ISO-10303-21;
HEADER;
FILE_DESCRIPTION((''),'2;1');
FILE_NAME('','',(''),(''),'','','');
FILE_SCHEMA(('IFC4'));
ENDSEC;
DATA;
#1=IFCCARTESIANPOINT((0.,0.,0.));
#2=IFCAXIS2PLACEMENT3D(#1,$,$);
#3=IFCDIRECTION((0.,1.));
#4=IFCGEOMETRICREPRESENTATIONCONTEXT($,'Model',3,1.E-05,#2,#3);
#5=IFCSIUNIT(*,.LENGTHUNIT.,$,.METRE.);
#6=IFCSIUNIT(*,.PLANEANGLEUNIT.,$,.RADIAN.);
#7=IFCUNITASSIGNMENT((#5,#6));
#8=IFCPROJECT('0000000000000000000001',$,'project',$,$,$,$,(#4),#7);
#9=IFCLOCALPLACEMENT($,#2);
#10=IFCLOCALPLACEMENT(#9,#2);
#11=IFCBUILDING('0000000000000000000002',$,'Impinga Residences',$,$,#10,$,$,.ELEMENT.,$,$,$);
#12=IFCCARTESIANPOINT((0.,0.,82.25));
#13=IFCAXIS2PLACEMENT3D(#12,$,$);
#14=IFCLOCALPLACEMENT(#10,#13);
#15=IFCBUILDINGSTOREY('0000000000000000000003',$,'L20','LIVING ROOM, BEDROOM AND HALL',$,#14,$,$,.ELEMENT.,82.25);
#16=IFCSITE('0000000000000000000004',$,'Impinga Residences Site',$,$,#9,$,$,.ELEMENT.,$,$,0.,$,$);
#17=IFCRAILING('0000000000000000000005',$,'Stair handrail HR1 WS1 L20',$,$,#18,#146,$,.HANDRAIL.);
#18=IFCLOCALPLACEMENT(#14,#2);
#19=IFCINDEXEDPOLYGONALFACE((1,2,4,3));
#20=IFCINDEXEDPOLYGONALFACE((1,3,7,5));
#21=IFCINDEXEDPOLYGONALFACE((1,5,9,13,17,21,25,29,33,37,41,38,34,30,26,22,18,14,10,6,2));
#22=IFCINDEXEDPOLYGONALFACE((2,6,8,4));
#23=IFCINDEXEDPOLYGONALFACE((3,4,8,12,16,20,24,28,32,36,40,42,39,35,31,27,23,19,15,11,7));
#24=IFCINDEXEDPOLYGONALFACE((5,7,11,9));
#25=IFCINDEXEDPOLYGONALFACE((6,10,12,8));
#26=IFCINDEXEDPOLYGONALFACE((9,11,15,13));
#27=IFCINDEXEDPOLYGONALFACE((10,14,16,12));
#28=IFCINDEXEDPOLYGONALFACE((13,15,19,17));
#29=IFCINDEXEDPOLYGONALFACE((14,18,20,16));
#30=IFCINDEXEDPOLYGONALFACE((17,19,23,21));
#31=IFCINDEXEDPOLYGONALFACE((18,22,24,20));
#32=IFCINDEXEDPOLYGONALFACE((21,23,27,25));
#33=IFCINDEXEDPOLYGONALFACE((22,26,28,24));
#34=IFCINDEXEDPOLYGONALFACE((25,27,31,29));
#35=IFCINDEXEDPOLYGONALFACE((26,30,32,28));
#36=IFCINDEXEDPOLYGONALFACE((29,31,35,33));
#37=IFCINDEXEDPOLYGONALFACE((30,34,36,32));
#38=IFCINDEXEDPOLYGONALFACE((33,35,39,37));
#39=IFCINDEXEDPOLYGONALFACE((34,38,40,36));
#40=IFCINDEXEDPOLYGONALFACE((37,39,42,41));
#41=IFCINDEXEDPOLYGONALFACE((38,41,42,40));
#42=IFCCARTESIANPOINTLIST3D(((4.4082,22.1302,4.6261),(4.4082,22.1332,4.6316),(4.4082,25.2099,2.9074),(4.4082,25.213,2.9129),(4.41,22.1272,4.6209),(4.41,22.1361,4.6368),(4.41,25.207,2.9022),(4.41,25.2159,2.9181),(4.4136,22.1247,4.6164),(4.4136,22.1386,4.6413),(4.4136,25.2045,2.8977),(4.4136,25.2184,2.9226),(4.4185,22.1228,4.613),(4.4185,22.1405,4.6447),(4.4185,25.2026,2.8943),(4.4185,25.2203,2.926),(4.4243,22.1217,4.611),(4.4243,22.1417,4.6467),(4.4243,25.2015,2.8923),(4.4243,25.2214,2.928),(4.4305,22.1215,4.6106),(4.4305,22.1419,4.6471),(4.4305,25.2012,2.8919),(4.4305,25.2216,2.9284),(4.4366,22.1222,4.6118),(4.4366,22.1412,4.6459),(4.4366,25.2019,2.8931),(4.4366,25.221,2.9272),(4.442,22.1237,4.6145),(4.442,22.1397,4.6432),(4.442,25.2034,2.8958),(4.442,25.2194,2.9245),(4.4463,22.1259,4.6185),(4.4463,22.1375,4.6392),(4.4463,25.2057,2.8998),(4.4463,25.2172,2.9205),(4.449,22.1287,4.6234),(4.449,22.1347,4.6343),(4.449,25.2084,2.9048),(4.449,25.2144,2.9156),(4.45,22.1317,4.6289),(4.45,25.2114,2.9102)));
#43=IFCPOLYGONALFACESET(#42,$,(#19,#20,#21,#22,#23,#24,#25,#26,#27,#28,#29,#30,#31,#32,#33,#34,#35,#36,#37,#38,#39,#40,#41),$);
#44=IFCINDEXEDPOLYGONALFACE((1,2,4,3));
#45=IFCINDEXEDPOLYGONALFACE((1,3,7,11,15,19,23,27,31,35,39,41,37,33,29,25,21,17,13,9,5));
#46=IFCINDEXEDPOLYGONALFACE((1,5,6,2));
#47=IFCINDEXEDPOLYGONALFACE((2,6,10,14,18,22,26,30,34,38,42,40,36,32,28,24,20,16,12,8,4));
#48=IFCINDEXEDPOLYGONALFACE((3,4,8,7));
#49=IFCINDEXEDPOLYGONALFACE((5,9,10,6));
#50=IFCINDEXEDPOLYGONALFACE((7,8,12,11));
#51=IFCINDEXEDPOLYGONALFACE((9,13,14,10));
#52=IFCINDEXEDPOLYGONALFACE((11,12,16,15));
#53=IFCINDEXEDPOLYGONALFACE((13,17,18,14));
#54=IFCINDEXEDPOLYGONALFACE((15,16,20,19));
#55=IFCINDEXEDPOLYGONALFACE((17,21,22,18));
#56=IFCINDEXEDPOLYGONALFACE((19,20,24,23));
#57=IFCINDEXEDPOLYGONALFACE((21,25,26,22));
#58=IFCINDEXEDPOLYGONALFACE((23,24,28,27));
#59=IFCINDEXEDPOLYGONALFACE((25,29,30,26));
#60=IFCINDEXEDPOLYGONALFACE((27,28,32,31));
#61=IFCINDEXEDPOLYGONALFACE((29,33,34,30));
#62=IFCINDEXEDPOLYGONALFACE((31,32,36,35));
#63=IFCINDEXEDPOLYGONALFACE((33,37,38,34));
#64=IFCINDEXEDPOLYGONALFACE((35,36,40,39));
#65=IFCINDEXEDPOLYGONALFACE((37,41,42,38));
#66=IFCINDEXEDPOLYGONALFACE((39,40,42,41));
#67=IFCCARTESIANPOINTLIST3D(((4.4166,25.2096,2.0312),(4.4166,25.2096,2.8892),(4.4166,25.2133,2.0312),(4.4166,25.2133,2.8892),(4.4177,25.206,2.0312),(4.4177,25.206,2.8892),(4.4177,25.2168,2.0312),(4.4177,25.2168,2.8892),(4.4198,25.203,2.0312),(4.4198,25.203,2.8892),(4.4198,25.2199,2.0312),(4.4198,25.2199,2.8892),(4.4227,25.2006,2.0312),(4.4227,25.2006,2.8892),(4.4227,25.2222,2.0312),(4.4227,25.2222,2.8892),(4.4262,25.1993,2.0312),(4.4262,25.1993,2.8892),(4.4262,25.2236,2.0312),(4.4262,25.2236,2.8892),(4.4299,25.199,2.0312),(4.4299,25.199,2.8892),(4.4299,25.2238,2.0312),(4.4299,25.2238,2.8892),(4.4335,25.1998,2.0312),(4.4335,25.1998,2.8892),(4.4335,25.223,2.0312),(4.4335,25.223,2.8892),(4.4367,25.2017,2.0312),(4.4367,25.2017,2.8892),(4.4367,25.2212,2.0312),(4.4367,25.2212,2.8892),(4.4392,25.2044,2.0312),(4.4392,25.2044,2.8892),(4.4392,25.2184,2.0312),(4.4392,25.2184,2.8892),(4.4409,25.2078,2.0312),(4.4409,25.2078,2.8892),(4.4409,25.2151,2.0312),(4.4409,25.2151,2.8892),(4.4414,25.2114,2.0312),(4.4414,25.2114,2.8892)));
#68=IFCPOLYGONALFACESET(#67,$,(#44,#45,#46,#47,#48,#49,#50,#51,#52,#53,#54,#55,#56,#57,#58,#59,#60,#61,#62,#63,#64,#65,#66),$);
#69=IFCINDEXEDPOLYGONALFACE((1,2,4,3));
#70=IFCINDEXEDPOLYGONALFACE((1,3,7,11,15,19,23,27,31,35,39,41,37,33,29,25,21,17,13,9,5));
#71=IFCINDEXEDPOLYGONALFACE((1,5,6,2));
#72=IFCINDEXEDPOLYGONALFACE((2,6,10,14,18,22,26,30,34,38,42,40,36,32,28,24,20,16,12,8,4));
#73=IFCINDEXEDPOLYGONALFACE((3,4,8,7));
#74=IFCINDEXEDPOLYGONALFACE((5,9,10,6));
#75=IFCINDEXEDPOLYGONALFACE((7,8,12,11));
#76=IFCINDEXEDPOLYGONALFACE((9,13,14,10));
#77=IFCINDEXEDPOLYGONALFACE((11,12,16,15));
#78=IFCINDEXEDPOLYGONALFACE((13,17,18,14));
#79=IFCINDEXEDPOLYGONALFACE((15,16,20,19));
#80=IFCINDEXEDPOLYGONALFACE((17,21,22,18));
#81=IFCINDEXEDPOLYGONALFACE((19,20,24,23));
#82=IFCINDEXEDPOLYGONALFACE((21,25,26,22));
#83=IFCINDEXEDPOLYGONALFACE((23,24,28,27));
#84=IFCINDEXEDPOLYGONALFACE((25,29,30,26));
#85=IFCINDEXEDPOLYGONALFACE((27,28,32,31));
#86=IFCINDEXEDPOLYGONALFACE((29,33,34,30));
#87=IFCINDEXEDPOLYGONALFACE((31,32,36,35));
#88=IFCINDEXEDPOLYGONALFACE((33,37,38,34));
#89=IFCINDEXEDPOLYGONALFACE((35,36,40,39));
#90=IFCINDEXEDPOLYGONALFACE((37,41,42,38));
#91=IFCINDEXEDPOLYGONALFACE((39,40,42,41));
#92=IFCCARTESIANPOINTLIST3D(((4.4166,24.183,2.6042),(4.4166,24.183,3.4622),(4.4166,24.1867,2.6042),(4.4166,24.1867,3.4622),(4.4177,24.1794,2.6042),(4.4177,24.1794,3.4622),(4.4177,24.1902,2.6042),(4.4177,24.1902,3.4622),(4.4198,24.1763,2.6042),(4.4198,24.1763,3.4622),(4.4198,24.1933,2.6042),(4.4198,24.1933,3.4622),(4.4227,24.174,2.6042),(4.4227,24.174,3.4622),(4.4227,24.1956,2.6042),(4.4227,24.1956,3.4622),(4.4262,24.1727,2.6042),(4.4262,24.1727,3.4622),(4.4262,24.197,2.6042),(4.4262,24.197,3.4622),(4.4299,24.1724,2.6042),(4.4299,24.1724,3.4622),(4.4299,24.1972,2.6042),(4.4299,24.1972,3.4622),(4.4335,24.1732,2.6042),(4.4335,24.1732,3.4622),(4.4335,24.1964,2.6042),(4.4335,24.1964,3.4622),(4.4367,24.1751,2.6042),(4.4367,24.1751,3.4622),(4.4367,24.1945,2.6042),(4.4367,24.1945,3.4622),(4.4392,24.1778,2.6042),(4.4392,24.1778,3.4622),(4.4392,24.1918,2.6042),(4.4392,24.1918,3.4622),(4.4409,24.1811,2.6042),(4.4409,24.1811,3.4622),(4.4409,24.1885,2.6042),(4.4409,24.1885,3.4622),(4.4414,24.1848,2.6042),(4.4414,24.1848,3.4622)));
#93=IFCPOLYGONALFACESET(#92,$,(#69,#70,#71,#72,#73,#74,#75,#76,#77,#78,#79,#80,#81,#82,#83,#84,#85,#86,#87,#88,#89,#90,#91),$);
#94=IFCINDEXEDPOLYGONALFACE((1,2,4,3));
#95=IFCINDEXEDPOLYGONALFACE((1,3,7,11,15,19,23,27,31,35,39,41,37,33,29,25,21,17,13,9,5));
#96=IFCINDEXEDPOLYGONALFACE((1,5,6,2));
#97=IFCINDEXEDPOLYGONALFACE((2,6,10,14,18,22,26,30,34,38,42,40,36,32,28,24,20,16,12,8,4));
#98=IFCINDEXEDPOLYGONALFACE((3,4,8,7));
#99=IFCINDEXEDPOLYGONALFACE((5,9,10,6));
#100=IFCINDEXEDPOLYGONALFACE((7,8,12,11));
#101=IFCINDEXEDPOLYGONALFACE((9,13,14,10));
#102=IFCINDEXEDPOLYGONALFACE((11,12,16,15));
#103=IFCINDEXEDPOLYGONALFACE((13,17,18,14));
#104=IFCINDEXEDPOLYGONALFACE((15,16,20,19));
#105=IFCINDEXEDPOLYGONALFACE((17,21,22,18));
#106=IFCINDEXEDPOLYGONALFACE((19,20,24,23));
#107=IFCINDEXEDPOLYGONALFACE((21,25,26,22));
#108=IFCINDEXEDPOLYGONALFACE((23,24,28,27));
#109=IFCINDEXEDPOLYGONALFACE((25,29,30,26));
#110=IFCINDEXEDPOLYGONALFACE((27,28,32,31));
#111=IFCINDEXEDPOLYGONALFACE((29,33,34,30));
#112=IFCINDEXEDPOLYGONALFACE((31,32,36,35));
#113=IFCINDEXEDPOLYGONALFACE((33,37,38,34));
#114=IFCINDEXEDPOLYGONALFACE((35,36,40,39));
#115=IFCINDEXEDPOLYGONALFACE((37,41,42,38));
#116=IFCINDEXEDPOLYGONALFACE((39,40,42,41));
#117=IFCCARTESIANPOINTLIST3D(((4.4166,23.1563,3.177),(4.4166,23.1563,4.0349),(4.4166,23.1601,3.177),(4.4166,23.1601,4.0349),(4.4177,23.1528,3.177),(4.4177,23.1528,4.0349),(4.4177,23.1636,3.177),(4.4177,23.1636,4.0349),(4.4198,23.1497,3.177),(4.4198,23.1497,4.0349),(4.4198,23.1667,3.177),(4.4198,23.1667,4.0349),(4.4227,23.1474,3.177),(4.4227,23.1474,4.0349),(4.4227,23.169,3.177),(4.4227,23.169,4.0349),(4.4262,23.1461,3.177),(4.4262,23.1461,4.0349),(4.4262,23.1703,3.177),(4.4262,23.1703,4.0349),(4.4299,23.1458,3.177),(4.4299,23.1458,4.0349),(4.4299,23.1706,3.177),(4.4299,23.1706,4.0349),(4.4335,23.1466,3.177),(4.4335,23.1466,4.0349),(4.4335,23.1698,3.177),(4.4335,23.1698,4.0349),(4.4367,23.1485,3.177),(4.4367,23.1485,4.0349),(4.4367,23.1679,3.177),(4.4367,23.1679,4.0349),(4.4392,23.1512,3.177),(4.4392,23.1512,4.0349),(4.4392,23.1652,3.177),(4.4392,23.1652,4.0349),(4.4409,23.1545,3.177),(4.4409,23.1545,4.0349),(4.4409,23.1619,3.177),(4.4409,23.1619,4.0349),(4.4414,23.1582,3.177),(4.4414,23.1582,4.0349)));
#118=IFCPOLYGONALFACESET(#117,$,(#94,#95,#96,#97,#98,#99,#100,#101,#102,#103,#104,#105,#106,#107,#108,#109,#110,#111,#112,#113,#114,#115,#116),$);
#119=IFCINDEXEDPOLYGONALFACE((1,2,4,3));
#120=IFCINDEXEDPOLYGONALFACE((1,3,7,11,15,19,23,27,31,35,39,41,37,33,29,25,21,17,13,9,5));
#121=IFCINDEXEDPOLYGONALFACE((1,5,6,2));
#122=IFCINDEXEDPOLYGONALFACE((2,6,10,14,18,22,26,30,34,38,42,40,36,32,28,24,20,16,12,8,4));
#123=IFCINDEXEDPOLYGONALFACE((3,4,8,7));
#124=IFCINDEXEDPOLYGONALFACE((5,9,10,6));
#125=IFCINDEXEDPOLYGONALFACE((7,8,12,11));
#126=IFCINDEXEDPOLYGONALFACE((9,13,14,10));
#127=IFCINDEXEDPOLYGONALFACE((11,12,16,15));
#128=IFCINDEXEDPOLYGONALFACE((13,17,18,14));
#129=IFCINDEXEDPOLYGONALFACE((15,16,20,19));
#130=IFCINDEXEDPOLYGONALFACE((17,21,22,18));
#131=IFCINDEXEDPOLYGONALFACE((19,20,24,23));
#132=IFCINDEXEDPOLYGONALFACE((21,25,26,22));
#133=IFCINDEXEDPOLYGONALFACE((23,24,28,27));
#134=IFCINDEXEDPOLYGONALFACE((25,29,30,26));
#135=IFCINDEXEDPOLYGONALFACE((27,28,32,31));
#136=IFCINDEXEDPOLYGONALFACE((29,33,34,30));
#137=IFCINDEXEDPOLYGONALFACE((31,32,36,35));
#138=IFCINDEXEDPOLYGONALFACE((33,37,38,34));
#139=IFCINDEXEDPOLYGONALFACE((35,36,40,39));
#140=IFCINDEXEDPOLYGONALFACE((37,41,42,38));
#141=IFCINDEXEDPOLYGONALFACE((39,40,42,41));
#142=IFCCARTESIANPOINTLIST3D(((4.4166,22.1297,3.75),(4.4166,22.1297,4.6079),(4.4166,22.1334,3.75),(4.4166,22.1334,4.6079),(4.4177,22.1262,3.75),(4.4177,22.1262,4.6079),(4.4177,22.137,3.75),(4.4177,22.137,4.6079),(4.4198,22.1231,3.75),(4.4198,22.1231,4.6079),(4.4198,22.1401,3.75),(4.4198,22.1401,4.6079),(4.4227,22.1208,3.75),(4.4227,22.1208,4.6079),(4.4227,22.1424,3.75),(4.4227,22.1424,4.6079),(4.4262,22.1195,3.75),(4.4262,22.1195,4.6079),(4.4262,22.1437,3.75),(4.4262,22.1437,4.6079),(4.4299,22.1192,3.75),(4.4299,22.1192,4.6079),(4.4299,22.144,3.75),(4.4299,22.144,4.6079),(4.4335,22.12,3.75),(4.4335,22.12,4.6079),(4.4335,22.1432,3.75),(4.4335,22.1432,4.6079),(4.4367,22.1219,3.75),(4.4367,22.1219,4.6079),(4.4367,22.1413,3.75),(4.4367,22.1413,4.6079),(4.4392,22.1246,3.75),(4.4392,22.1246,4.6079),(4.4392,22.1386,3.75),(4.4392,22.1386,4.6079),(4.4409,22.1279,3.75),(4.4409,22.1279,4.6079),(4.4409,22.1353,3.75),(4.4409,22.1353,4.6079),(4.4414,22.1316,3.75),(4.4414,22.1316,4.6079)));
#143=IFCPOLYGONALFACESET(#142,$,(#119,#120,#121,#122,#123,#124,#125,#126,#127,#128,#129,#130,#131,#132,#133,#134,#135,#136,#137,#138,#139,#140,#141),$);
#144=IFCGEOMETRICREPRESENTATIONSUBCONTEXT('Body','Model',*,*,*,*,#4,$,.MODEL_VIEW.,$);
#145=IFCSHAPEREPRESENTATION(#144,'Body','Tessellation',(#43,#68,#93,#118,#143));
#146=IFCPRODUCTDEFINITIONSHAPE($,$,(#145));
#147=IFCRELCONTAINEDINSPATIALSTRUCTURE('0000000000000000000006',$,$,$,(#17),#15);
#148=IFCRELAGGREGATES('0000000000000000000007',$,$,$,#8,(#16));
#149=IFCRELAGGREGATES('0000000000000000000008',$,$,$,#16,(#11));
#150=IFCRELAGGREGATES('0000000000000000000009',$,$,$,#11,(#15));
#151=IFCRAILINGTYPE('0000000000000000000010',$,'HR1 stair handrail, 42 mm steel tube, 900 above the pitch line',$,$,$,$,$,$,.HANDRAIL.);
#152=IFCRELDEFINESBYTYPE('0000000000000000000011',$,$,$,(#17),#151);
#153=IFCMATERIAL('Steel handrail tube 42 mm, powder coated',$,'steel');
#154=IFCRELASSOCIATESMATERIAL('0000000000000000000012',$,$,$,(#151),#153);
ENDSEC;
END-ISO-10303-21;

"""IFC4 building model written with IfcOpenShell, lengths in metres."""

from ifc_helpers import new_model, si_unit, direction, frame, origin, origin_2d, place, context, subcontext, project, spatial, circle, extrude, material, type_object, element, save


model = new_model("IFC4")

# Units and contexts
model_context = context("Model", 3, precision=1e-05, world=origin(), true_north=direction((0.0, 1.0)))
body_context = subcontext(model_context, "Body", "Model", "MODEL_VIEW")
ifc_project = project(units=[si_unit("LENGTHUNIT", "METRE"), si_unit("PLANEANGLEUNIT", "RADIAN")], contexts=[model_context])

# Site, building, storey
site_placement = place(None, origin())
site = spatial("IfcSite", under=ifc_project, at=site_placement, Name="Impinga Residences Site", CompositionType="ELEMENT", RefElevation=0.0)
building_placement = place(site_placement, origin())
building = spatial("IfcBuilding", under=site, at=building_placement, Name="Impinga Residences", CompositionType="ELEMENT")
storey_placement = place(building_placement, frame((0.0, 0.0, 82.25)))
storey = spatial("IfcBuildingStorey", under=building, at=storey_placement, Name="L20", Description="LIVING ROOM, BEDROOM AND HALL", CompositionType="ELEMENT", Elevation=82.25)

# Railing
ifc_material_1 = material(Name="Steel handrail tube 42 mm, powder coated", Category="steel")
railing_type_1 = type_object("IfcRailingType", Name="HR1 stair handrail, 42 mm steel tube, 900 above the pitch line", PredefinedType="HANDRAIL", material=ifc_material_1)
railing_1_placement = place(storey_placement, frame((4.429, 25.2114, 2.0312)))
element("IfcRailing", 1, at=railing_1_placement, inside=storey, type_object=railing_type_1, Name="Stair handrail HR1 WS1 L20", PredefinedType="HANDRAIL", context=body_context, shape_type="SweptSolid", body=[
    extrude(circle(Radius=0.021, at=origin_2d()), frame((0.0, 0.0, 0.8789), z_axis=(0.0, -0.873225, 0.487317), x_axis=(1.0, 0.0, 0.0)), (0.0, 0.0, 1.0), 3.5269),
    extrude(circle(Radius=0.0125, at=origin_2d()), origin(), (0.0, 0.0, 1.0), 0.8579),
    extrude(circle(Radius=0.0125, at=origin_2d()), frame((0.0, -1.0266, 0.573)), (0.0, 0.0, 1.0), 0.8579),
    extrude(circle(Radius=0.0125, at=origin_2d()), frame((0.0, -2.0532, 1.1458)), (0.0, 0.0, 1.0), 0.8579),
    extrude(circle(Radius=0.0125, at=origin_2d()), frame((0.0, -3.0798, 1.7188)), (0.0, 0.0, 1.0), 0.8579),
])

save(model, "model.ifc")
